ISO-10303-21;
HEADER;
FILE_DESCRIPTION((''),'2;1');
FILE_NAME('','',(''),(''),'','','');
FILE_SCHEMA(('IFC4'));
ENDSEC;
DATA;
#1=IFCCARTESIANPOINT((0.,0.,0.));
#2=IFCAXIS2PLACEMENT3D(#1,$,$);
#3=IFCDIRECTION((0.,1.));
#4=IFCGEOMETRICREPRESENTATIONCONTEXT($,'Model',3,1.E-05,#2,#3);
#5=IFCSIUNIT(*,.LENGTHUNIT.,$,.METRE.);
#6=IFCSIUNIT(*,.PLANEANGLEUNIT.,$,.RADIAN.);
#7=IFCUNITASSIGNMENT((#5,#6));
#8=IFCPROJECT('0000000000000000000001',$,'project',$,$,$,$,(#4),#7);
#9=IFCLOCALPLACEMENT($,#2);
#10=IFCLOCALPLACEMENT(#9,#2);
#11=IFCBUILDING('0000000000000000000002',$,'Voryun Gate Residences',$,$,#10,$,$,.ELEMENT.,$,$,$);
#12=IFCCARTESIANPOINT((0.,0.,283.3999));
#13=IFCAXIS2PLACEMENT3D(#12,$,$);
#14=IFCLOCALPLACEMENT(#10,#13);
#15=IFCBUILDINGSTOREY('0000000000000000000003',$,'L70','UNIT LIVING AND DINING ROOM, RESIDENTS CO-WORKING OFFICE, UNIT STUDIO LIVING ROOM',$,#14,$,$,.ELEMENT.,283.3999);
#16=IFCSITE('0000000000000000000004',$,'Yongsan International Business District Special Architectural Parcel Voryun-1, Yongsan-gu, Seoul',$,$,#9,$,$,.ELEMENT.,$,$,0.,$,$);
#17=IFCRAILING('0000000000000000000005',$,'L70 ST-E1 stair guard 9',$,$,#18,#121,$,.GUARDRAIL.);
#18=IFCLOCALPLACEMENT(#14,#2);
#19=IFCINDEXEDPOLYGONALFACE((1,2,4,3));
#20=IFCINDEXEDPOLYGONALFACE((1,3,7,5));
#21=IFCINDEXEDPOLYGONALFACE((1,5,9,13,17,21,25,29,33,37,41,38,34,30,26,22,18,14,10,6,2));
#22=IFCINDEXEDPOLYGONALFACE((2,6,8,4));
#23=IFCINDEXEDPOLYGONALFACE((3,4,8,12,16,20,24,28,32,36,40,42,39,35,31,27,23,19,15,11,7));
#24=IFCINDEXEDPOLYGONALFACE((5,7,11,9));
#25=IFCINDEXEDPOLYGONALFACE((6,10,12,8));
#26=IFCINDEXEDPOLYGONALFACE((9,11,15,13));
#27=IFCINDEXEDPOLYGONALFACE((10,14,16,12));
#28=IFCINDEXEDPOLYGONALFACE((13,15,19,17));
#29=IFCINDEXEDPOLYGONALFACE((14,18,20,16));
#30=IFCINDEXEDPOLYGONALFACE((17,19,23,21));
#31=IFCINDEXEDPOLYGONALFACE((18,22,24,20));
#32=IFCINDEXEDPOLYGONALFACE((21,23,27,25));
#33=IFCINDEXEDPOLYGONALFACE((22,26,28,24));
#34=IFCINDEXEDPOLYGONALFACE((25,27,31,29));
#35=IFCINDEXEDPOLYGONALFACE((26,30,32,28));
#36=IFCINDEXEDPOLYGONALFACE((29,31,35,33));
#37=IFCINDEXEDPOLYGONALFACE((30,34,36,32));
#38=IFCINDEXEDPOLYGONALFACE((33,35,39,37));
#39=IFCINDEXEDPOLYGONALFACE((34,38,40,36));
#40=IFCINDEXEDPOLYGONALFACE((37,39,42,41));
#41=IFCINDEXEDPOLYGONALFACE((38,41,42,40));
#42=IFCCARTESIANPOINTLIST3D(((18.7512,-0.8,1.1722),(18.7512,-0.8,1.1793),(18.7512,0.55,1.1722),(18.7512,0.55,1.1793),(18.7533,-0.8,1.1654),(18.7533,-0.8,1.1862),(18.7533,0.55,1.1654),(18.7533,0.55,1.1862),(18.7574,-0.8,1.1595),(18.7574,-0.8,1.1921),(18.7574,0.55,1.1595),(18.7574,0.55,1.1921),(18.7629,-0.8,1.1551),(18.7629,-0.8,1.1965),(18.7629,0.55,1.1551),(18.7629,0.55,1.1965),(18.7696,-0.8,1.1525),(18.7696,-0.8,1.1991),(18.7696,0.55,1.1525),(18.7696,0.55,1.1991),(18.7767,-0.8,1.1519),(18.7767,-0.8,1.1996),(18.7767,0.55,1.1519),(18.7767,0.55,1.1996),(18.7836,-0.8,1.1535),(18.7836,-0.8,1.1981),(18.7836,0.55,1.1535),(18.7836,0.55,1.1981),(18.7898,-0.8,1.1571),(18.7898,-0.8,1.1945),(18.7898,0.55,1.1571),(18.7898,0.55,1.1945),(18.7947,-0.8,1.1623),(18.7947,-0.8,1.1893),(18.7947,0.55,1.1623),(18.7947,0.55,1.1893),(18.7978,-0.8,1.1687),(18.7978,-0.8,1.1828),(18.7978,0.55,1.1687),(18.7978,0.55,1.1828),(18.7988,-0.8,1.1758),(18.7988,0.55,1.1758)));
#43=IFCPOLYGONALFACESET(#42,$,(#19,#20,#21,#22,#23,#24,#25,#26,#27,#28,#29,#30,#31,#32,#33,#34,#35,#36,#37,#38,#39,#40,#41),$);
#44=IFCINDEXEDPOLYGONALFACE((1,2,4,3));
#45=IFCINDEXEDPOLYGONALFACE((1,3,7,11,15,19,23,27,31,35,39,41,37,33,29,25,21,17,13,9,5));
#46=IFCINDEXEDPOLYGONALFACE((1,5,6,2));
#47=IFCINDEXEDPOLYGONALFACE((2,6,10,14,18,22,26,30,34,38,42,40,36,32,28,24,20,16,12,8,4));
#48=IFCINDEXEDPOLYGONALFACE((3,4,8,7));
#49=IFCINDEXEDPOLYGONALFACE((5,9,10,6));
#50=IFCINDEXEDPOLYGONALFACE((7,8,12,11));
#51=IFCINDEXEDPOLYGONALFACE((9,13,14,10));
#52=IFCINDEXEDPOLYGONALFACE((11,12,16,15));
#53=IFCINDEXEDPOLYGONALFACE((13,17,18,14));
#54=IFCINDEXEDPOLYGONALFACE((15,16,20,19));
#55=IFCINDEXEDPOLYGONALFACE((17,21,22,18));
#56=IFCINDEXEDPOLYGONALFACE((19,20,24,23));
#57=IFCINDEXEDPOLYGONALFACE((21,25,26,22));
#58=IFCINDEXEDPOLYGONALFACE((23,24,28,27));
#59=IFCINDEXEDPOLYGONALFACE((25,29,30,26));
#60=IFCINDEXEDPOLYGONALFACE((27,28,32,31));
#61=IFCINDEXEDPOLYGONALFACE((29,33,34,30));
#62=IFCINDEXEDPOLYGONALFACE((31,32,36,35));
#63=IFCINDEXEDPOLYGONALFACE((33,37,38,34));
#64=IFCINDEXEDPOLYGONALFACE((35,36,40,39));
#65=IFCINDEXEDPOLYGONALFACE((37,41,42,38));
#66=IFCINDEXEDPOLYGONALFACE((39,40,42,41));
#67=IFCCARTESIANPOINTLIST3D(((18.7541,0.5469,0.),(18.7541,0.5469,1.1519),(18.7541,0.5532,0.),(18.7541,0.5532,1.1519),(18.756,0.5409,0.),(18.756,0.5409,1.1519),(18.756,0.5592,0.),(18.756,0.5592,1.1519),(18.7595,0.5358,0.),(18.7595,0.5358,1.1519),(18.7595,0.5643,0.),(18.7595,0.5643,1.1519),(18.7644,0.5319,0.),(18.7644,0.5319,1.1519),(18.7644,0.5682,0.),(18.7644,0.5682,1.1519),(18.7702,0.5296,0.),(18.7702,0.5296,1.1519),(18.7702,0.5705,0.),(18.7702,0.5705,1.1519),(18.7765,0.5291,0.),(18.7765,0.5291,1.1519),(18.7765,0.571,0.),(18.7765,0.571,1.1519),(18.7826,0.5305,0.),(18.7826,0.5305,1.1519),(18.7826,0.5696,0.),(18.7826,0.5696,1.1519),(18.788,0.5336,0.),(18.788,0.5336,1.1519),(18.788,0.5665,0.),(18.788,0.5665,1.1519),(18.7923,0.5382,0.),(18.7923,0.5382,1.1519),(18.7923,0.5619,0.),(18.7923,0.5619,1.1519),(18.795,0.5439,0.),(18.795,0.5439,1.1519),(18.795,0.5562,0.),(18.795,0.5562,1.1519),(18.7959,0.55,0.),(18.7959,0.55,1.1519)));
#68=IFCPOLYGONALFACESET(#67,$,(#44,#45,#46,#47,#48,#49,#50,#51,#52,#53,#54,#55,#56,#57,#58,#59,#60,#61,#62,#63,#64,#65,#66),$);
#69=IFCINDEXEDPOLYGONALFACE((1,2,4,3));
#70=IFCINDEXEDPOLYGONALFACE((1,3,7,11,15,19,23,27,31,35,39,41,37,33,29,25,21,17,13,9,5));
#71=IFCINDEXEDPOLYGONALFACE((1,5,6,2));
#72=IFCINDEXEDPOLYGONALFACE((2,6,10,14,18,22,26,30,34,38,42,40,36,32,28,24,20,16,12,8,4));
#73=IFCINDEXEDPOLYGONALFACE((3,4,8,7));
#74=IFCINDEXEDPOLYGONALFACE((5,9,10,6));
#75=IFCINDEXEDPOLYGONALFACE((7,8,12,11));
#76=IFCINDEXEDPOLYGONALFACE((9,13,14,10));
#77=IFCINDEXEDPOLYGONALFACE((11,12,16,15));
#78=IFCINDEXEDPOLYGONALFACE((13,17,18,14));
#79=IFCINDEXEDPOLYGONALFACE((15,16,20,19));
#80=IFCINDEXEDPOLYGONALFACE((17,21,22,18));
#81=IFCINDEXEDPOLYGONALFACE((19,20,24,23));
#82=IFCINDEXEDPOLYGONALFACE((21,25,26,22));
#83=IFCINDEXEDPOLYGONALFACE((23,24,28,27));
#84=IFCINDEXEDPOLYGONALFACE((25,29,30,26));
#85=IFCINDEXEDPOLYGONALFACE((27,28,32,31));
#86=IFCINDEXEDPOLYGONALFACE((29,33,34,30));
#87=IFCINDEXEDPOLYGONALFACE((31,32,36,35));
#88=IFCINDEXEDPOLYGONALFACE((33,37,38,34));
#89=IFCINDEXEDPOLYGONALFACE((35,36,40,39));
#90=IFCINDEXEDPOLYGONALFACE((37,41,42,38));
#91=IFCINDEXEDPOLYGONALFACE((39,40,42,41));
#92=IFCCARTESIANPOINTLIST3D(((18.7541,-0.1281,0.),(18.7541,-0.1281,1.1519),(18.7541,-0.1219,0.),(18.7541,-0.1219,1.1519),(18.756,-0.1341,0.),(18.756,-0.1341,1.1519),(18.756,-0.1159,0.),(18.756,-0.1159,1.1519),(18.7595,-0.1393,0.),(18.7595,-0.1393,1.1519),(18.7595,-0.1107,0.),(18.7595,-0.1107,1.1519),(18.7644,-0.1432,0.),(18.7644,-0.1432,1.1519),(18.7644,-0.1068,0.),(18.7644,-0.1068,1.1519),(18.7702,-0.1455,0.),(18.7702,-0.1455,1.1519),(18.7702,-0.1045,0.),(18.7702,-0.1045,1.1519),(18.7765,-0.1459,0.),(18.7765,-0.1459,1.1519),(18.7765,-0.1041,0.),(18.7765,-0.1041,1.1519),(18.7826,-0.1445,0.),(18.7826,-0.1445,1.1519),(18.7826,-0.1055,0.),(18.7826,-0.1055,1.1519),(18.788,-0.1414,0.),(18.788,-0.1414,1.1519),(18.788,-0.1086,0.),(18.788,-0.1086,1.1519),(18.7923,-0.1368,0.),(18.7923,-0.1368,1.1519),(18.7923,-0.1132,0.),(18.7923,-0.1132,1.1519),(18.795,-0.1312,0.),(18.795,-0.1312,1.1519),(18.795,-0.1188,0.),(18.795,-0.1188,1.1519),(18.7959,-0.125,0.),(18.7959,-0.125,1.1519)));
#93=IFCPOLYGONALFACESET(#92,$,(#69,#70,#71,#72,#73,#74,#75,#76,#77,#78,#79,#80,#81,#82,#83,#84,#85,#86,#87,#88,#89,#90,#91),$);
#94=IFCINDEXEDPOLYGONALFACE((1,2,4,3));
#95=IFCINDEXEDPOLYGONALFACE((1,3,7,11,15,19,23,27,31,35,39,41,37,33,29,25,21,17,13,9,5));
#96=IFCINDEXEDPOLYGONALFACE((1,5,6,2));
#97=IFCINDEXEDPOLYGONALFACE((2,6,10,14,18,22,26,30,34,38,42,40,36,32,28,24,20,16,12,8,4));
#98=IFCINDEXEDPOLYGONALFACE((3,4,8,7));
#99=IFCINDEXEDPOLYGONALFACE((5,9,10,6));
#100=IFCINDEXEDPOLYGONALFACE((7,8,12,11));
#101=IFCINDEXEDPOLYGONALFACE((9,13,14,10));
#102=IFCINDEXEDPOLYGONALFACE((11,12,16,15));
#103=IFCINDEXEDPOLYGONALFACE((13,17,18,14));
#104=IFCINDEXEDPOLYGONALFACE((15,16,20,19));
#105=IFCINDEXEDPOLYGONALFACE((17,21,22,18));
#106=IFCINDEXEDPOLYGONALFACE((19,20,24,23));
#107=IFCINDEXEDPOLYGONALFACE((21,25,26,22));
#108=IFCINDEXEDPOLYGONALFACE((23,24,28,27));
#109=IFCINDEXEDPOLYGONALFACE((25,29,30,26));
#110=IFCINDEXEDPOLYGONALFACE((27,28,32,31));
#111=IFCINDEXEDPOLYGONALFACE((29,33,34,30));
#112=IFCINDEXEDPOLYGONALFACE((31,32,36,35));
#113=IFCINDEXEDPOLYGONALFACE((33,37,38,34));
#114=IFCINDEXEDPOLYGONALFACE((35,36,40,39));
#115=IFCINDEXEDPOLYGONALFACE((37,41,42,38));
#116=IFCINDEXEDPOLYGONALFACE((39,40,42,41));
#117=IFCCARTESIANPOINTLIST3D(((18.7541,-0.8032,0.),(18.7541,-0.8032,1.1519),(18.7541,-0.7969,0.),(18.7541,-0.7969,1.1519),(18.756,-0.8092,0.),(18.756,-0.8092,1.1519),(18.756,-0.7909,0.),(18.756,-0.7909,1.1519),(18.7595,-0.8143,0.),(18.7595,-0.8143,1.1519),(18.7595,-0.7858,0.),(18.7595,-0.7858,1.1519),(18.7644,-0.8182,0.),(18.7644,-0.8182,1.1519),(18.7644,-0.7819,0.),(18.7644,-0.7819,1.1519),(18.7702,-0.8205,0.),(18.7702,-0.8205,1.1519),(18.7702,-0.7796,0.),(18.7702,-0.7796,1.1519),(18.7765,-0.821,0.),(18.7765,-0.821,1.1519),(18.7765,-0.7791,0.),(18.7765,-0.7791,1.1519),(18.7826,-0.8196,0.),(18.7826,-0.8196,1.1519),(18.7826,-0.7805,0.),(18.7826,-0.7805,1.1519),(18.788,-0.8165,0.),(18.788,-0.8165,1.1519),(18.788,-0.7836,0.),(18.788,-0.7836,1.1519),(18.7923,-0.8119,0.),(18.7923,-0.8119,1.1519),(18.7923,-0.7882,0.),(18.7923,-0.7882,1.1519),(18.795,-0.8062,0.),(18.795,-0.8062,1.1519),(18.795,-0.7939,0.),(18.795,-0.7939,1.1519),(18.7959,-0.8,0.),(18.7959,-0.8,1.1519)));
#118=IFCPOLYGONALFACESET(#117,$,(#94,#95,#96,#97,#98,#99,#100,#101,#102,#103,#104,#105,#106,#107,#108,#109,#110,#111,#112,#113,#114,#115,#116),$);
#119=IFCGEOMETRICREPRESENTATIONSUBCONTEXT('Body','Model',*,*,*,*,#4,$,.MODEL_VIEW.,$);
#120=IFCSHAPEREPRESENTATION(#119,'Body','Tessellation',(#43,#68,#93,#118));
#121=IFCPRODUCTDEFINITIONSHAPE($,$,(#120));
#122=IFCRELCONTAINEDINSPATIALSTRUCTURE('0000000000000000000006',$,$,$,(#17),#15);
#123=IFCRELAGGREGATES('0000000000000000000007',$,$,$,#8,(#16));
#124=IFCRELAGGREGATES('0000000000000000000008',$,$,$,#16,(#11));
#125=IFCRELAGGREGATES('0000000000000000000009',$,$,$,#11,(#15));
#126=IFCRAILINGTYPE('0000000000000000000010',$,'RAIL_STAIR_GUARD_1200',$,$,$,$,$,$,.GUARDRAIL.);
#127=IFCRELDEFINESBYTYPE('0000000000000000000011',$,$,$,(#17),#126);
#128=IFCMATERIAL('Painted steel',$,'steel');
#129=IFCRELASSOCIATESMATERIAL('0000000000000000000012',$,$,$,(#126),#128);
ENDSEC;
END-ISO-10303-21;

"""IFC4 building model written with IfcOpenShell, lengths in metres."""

from ifc_helpers import new_model, si_unit, direction, frame, origin, origin_2d, place, context, subcontext, project, spatial, circle, extrude, material, type_object, element, save


model = new_model("IFC4")

# Units and contexts
model_context = context("Model", 3, precision=1e-05, world=origin(), true_north=direction((0.0, 1.0)))
body_context = subcontext(model_context, "Body", "Model", "MODEL_VIEW")
ifc_project = project(units=[si_unit("LENGTHUNIT", "METRE"), si_unit("PLANEANGLEUNIT", "RADIAN")], contexts=[model_context])

# Site, building, storey
site_placement = place(None, origin())
site = spatial("IfcSite", under=ifc_project, at=site_placement, Name="Yongsan International Business District Special Architectural Parcel Voryun-1, Yongsan-gu, Seoul", CompositionType="ELEMENT", RefElevation=0.0)
building_placement = place(site_placement, origin())
building = spatial("IfcBuilding", under=site, at=building_placement, Name="Voryun Gate Residences", CompositionType="ELEMENT")
storey_placement = place(building_placement, frame((0.0, 0.0, 283.3999)))
storey = spatial("IfcBuildingStorey", under=building, at=storey_placement, Name="L70", Description="UNIT LIVING AND DINING ROOM, RESIDENTS CO-WORKING OFFICE, UNIT STUDIO LIVING ROOM", CompositionType="ELEMENT", Elevation=283.3999)

# Railing
ifc_material_1 = material(Name="Painted steel", Category="steel")
railing_type = type_object("IfcRailingType", Name="RAIL_STAIR_GUARD_1200", PredefinedType="GUARDRAIL", material=ifc_material_1)
for number, where, name in (
    (1, (18.7749, 0.55, 0.0), "L70 ST-E1 stair guard 9"),
):
    element("IfcRailing", number, at=place(storey_placement, frame(where)), inside=storey, type_object=railing_type, Name=name, PredefinedType="GUARDRAIL", context=body_context, shape_type="SweptSolid", body=[
        extrude(circle(Radius=0.0239, at=origin_2d()), frame((0.0, 0.0, 1.1758), z_axis=(0.0, -1.0, 0.0), x_axis=(1.0, 0.0, 0.0)), (0.0, 0.0, 1.0), 1.3501),
        extrude(circle(Radius=0.021, at=origin_2d()), origin(), (0.0, 0.0, 1.0), 1.1519),
        extrude(circle(Radius=0.021, at=origin_2d()), frame((0.0, -0.675, 0.0)), (0.0, 0.0, 1.0), 1.1519),
        extrude(circle(Radius=0.021, at=origin_2d()), frame((0.0, -1.3501, 0.0)), (0.0, 0.0, 1.0), 1.1519),
    ])

save(model, "model.ifc")
